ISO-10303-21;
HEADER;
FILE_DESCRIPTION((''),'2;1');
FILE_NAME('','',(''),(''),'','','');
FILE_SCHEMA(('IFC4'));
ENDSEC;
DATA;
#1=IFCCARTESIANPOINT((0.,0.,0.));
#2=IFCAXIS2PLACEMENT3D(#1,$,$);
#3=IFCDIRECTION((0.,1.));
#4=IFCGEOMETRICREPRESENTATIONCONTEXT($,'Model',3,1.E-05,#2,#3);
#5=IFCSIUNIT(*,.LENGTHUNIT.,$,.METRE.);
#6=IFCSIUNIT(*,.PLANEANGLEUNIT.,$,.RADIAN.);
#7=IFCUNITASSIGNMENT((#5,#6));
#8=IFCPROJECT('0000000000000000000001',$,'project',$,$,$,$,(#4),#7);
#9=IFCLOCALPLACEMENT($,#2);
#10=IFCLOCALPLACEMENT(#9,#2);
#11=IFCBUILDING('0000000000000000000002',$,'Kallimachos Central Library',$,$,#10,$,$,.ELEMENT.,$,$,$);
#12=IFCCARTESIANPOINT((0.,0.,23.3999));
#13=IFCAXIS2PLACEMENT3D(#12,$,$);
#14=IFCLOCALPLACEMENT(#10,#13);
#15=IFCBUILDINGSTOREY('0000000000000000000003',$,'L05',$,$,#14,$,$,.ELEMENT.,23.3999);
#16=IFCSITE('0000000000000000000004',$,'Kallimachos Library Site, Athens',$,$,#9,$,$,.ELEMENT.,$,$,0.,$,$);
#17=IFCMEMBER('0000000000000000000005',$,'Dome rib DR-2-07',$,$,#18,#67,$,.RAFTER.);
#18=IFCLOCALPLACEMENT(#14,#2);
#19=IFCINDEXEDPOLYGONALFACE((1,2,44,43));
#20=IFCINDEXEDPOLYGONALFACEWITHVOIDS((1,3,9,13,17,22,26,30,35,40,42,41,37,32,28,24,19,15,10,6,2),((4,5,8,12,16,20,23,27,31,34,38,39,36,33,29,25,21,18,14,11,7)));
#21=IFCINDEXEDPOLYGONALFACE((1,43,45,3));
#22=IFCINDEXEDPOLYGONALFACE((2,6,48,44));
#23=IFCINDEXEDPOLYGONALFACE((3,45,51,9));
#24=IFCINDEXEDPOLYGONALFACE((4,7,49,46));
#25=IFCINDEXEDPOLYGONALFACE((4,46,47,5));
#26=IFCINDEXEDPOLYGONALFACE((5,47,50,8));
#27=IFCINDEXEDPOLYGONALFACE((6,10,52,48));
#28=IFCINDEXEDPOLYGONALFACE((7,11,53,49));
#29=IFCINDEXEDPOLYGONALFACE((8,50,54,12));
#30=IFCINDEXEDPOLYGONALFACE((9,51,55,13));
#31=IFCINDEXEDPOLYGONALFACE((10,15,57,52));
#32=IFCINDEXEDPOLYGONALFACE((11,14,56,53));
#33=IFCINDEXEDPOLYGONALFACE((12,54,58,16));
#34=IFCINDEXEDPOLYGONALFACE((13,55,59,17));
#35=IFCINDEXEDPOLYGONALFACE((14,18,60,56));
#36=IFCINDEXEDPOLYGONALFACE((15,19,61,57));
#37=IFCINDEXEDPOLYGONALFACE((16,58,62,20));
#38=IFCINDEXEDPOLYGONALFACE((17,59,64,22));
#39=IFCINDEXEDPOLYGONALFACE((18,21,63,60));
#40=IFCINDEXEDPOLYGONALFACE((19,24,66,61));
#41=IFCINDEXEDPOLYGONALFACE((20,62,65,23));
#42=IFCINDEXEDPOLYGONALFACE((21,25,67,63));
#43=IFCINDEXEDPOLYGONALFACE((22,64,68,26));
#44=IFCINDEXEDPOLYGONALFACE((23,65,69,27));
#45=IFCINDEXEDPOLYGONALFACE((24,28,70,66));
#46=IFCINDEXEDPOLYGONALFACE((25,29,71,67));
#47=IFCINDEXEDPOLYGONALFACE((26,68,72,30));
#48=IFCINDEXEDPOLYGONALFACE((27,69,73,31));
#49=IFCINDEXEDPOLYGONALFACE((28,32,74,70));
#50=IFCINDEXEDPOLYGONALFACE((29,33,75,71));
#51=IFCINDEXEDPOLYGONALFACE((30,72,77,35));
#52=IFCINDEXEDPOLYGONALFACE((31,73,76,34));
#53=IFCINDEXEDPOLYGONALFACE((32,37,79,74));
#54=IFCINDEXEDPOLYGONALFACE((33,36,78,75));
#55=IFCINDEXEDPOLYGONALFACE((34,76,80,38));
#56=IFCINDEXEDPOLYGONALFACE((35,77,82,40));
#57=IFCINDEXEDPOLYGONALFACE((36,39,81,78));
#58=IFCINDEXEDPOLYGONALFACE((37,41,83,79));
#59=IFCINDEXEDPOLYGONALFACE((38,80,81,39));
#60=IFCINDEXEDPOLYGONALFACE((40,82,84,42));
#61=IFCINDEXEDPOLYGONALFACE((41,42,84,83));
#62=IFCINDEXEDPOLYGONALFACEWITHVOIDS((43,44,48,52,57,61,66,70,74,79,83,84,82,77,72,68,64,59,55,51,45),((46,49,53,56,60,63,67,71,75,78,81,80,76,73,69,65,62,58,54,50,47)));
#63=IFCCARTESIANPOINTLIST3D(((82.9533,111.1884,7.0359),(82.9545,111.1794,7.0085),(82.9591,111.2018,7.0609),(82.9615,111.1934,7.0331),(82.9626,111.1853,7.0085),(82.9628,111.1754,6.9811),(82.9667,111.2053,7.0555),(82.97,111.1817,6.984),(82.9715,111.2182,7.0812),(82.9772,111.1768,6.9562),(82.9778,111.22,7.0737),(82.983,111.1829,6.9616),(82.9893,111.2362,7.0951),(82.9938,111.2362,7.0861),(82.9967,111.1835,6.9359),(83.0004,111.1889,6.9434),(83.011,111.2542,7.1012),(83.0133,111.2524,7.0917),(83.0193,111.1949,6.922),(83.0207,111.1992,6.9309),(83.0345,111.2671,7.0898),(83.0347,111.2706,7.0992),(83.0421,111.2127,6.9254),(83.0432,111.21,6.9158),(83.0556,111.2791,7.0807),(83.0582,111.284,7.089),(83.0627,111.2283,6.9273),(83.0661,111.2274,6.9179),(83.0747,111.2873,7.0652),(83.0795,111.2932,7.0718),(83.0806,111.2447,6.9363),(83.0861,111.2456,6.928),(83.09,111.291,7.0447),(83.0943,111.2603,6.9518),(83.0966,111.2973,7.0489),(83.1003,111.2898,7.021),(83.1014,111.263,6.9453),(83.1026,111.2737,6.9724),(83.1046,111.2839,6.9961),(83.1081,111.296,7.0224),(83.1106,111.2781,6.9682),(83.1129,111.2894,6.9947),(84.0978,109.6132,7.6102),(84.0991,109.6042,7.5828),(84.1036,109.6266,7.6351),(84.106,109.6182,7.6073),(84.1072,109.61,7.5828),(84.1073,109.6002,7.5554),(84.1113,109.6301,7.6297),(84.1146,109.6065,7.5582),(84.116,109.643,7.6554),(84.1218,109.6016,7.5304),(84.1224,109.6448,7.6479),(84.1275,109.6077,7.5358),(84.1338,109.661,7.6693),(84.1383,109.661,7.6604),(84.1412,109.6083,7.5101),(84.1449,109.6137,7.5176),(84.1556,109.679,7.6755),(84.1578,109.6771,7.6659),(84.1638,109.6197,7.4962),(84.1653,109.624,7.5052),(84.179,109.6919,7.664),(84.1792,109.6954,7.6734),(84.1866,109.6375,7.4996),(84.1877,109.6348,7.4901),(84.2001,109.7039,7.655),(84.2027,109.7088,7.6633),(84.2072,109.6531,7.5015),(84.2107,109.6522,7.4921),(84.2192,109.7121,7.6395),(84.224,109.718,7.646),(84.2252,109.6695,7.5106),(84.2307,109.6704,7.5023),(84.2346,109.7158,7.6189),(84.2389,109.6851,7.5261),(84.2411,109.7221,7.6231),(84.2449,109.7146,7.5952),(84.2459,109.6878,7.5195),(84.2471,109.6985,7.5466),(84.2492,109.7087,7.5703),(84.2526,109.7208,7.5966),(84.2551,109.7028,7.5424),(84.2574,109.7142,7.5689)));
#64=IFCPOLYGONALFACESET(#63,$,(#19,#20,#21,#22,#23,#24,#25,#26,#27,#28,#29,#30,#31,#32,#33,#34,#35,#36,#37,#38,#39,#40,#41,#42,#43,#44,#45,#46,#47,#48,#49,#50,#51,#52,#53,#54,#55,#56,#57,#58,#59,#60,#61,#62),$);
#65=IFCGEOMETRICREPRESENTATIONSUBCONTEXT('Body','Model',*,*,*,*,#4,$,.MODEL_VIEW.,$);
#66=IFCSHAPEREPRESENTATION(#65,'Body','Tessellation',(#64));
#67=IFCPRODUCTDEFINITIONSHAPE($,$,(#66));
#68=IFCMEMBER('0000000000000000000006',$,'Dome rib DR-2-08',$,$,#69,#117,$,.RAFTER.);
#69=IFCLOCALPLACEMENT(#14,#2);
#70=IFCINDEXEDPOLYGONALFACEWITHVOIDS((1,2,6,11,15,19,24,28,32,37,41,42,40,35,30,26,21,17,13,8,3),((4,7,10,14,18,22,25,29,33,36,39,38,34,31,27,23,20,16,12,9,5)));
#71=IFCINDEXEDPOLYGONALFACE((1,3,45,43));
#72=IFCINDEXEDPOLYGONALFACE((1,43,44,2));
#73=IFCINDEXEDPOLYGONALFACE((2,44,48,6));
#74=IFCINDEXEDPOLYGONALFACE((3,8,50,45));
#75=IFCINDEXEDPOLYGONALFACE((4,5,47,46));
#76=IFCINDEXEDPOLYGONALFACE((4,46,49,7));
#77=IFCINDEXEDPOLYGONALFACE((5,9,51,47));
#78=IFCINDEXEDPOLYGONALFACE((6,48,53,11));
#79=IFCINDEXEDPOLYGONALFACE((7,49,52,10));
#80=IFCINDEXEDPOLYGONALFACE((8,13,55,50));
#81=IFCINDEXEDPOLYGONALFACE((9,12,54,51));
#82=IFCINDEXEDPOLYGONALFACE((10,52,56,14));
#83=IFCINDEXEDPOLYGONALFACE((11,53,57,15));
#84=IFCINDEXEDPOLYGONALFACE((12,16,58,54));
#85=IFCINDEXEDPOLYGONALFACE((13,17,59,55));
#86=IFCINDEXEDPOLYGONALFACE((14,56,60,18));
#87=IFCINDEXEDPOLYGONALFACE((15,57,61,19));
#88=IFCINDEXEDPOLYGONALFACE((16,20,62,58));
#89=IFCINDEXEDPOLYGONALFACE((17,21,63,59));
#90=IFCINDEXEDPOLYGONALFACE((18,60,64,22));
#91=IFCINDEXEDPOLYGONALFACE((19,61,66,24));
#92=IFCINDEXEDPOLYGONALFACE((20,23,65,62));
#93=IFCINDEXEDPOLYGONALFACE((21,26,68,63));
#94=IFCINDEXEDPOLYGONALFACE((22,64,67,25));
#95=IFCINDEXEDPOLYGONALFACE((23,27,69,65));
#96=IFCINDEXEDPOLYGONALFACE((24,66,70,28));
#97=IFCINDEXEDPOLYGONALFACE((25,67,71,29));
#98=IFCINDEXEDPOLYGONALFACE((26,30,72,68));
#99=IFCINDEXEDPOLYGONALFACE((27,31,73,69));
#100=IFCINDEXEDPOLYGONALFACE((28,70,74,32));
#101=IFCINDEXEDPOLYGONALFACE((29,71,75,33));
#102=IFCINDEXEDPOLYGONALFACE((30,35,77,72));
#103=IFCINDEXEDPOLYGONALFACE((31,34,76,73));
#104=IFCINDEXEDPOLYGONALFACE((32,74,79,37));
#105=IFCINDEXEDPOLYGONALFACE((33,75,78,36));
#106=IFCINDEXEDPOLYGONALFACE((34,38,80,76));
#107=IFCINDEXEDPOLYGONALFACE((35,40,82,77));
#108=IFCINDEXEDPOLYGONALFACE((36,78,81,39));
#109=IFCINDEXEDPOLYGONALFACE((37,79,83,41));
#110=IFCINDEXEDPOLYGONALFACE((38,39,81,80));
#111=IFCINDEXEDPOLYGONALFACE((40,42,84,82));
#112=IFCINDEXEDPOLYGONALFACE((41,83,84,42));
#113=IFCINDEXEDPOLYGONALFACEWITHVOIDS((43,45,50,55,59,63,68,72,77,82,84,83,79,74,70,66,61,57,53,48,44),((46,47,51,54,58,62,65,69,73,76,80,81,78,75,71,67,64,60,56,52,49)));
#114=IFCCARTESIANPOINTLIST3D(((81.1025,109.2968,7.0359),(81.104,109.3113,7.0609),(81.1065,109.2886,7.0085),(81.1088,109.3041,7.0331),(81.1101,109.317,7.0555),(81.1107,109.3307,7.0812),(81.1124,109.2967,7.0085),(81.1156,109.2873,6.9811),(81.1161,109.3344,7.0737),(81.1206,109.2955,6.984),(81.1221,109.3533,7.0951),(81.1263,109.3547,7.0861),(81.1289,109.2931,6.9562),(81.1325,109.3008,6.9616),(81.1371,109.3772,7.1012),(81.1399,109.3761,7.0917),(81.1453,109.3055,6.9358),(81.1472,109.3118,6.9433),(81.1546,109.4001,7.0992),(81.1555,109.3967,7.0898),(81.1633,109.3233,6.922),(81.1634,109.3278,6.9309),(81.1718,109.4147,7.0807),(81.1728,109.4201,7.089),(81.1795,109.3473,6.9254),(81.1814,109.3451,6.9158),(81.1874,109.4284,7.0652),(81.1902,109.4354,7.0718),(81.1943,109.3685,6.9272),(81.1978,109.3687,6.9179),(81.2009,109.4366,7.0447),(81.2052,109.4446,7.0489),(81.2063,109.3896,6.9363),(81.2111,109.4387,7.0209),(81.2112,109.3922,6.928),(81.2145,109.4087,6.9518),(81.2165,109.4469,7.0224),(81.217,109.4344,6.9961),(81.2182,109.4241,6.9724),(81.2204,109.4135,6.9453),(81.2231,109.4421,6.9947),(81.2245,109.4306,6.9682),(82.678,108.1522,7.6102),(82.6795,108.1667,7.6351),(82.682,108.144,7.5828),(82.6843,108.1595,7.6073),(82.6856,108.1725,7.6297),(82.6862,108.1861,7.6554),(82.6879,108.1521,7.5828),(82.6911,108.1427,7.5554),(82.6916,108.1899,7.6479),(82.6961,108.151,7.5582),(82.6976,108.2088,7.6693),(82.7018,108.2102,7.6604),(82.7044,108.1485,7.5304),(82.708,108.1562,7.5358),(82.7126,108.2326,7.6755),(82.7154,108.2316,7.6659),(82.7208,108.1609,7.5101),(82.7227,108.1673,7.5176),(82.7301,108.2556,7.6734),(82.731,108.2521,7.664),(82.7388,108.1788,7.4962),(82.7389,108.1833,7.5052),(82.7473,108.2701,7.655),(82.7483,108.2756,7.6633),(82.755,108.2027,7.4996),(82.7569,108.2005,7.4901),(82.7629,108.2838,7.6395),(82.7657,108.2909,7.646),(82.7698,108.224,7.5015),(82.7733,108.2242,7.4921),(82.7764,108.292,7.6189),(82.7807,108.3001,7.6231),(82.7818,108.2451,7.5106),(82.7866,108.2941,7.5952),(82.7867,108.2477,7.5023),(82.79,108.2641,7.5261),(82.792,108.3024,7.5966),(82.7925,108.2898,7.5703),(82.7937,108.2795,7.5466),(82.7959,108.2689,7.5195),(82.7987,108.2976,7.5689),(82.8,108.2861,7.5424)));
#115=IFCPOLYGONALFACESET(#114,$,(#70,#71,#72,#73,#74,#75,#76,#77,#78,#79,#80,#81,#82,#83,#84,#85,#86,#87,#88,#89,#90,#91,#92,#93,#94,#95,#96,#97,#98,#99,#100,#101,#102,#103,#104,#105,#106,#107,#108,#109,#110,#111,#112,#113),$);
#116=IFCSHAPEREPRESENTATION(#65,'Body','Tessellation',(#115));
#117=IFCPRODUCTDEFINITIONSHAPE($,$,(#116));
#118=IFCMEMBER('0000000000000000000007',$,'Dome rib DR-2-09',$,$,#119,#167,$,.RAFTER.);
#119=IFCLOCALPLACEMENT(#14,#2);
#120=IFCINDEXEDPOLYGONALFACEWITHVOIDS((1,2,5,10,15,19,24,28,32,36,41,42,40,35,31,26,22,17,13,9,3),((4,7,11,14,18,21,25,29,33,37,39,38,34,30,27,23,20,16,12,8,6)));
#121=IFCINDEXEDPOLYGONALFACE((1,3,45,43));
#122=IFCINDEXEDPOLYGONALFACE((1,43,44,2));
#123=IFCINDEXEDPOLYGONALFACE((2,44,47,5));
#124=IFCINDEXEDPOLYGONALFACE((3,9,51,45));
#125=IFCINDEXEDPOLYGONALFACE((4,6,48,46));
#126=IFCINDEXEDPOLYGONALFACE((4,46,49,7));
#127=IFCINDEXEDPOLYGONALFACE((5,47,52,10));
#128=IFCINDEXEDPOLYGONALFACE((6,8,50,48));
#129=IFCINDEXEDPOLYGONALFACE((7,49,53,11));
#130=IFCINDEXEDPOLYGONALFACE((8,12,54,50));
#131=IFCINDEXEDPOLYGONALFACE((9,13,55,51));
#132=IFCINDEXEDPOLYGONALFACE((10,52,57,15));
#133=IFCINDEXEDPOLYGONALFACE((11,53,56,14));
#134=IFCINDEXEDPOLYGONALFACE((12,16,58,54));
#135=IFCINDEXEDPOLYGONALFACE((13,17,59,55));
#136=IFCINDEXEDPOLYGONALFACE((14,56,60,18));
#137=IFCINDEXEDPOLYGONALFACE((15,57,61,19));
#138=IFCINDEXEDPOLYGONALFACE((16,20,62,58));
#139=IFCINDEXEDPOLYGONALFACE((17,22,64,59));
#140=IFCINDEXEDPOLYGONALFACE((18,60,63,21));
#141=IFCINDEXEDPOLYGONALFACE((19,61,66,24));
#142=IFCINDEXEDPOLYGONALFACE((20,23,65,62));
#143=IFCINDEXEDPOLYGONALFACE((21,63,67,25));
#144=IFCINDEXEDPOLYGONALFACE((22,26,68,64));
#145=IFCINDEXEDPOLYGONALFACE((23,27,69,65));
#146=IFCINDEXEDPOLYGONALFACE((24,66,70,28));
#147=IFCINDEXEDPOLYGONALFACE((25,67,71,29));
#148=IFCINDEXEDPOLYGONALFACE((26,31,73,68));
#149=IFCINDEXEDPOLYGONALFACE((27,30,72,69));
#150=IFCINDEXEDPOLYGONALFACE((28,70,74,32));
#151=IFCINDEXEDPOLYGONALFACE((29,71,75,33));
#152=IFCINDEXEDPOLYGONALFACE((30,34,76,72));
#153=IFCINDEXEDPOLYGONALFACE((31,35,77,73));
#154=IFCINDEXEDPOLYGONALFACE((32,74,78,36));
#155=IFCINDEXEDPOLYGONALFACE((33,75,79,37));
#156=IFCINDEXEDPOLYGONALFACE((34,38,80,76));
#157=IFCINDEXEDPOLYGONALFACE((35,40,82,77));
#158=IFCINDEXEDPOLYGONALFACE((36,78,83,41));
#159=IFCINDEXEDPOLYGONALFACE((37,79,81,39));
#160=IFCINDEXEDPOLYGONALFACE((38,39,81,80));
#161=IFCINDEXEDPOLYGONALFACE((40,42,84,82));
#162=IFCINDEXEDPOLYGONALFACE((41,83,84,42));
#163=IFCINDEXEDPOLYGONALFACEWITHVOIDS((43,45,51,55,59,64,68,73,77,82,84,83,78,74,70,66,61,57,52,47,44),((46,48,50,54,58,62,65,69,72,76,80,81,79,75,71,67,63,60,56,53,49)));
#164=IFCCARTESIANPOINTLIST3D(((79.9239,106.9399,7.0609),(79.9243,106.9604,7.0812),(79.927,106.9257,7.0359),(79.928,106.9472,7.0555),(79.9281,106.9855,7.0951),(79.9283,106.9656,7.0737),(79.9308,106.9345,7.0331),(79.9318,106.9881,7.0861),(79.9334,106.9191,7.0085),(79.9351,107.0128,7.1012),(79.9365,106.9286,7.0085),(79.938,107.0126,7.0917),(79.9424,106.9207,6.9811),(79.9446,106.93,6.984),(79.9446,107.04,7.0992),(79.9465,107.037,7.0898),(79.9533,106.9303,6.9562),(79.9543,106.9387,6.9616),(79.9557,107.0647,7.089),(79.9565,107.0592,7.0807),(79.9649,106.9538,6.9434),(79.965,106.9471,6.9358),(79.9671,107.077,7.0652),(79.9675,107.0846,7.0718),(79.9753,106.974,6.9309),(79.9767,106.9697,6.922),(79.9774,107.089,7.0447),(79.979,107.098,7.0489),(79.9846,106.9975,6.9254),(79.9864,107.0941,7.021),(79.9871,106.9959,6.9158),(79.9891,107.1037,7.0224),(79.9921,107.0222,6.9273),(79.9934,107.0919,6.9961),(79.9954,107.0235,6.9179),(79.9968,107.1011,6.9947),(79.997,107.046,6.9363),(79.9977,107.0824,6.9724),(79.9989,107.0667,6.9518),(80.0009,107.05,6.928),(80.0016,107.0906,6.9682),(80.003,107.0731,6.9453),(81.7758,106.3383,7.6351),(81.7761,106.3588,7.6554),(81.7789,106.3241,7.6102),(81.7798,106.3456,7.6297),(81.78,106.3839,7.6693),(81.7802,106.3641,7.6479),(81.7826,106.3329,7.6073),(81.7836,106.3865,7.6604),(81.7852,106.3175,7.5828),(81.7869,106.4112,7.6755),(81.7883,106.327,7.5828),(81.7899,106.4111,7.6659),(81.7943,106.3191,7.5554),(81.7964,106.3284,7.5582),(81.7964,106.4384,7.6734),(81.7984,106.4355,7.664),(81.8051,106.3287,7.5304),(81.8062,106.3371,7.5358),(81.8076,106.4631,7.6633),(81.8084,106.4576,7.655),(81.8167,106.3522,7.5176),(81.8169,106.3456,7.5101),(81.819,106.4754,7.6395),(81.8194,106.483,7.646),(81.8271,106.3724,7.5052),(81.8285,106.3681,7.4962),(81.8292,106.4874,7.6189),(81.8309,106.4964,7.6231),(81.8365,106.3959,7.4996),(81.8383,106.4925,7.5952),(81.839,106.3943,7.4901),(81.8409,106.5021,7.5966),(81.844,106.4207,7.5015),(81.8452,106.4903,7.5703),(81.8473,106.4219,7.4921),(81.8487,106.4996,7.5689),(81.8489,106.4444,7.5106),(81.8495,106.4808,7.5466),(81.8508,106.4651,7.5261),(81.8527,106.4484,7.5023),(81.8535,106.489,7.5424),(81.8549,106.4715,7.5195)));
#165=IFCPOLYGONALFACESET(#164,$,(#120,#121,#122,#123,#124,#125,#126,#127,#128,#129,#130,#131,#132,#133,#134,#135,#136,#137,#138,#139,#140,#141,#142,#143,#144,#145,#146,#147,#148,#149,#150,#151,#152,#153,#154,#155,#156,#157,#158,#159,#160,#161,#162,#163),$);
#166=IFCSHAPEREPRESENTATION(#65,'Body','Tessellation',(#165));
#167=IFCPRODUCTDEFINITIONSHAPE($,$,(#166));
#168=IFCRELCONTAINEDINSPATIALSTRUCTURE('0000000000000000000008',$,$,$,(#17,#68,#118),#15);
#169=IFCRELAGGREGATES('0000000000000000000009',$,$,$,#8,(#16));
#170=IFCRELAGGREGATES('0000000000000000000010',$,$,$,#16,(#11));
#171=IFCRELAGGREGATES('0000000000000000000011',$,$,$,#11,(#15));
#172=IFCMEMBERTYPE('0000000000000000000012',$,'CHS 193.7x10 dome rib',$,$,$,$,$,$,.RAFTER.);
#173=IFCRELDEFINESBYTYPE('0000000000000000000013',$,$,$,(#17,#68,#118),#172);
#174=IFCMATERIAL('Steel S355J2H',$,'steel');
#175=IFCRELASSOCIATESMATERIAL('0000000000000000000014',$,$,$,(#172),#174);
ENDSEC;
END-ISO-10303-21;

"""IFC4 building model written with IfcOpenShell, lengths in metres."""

from ifc_helpers import new_model, si_unit, direction, frame, origin, origin_2d, place, context, subcontext, project, spatial, hollow_circle, extrude, material, material_profile, profile_set, type_object, element, save


model = new_model("IFC4")

# Units and contexts
model_context = context("Model", 3, precision=1e-05, world=origin(), true_north=direction((0.0, 1.0)))
body_context = subcontext(model_context, "Body", "Model", "MODEL_VIEW")
ifc_project = project(units=[si_unit("LENGTHUNIT", "METRE"), si_unit("PLANEANGLEUNIT", "RADIAN")], contexts=[model_context])

# Site, building, storey
site_placement = place(None, origin())
site = spatial("IfcSite", under=ifc_project, at=site_placement, Name="Kallimachos Library Site, Athens", CompositionType="ELEMENT", RefElevation=0.0)
building_placement = place(site_placement, origin())
building = spatial("IfcBuilding", under=site, at=building_placement, Name="Kallimachos Central Library", CompositionType="ELEMENT")
storey_placement = place(building_placement, frame((0.0, 0.0, 23.3999)))
storey = spatial("IfcBuildingStorey", under=building, at=storey_placement, Name="L05", CompositionType="ELEMENT", Elevation=23.3999)

# Members
ifc_material_1 = material(Name="Steel S355J2H", Category="steel")
ifc_material_profile_1 = material_profile(ifc_material_1, hollow_circle(Radius=0.0969, WallThickness=0.01, at=origin_2d()), Name="CHS 193.7x10")
ifc_profile_set_1 = profile_set([ifc_material_profile_1], Name="Steel S355J2H")
member_type_1 = type_object("IfcMemberType", Name="CHS 193.7x10 dome rib", PredefinedType="RAFTER", material=ifc_profile_set_1)
member_1_placement = place(storey_placement, frame((84.1775, 109.6611, 7.5828), z_axis=(-0.563807, 0.775956, -0.282866), x_axis=(-0.808996, -0.587814, 0.0)))
element("IfcMember", 1, at=member_1_placement, inside=storey, type_object=member_type_1, Name="Dome rib DR-2-07", PredefinedType="RAFTER", context=body_context, shape_type="SweptSolid", body=[
    extrude(hollow_circle(Radius=0.0969, WallThickness=0.01, at=origin_2d()), origin(), (0.0, 0.0, 1.0), 2.03),
])
member_2_placement = place(storey_placement, frame((82.739, 108.2224, 7.5828), z_axis=(-0.776004, 0.563755, -0.282839), x_axis=(-0.587754, -0.80904, 0.0)))
element("IfcMember", 2, at=member_2_placement, inside=storey, type_object=member_type_1, Name="Dome rib DR-2-08", PredefinedType="RAFTER", context=body_context, shape_type="SweptSolid", body=[
    extrude(hollow_circle(Radius=0.0969, WallThickness=0.01, at=origin_2d()), origin(), (0.0, 0.0, 1.0), 2.0303),
])
for number, where, z_axis, x_axis, name in (
    (3, (81.8152, 106.4097, 7.5828), (-0.912232, 0.29634, -0.28287), (-0.308958, -0.951076, 0.0), "Dome rib DR-2-09"),
):
    element("IfcMember", number, at=place(storey_placement, frame(where, z_axis=z_axis, x_axis=x_axis)), inside=storey, type_object=member_type_1, Name=name, PredefinedType="RAFTER", context=body_context, shape_type="SweptSolid", body=[
        extrude(hollow_circle(Radius=0.0969, WallThickness=0.01, at=origin_2d()), origin(), (0.0, 0.0, 1.0), 2.03),
    ])

save(model, "model.ifc")
